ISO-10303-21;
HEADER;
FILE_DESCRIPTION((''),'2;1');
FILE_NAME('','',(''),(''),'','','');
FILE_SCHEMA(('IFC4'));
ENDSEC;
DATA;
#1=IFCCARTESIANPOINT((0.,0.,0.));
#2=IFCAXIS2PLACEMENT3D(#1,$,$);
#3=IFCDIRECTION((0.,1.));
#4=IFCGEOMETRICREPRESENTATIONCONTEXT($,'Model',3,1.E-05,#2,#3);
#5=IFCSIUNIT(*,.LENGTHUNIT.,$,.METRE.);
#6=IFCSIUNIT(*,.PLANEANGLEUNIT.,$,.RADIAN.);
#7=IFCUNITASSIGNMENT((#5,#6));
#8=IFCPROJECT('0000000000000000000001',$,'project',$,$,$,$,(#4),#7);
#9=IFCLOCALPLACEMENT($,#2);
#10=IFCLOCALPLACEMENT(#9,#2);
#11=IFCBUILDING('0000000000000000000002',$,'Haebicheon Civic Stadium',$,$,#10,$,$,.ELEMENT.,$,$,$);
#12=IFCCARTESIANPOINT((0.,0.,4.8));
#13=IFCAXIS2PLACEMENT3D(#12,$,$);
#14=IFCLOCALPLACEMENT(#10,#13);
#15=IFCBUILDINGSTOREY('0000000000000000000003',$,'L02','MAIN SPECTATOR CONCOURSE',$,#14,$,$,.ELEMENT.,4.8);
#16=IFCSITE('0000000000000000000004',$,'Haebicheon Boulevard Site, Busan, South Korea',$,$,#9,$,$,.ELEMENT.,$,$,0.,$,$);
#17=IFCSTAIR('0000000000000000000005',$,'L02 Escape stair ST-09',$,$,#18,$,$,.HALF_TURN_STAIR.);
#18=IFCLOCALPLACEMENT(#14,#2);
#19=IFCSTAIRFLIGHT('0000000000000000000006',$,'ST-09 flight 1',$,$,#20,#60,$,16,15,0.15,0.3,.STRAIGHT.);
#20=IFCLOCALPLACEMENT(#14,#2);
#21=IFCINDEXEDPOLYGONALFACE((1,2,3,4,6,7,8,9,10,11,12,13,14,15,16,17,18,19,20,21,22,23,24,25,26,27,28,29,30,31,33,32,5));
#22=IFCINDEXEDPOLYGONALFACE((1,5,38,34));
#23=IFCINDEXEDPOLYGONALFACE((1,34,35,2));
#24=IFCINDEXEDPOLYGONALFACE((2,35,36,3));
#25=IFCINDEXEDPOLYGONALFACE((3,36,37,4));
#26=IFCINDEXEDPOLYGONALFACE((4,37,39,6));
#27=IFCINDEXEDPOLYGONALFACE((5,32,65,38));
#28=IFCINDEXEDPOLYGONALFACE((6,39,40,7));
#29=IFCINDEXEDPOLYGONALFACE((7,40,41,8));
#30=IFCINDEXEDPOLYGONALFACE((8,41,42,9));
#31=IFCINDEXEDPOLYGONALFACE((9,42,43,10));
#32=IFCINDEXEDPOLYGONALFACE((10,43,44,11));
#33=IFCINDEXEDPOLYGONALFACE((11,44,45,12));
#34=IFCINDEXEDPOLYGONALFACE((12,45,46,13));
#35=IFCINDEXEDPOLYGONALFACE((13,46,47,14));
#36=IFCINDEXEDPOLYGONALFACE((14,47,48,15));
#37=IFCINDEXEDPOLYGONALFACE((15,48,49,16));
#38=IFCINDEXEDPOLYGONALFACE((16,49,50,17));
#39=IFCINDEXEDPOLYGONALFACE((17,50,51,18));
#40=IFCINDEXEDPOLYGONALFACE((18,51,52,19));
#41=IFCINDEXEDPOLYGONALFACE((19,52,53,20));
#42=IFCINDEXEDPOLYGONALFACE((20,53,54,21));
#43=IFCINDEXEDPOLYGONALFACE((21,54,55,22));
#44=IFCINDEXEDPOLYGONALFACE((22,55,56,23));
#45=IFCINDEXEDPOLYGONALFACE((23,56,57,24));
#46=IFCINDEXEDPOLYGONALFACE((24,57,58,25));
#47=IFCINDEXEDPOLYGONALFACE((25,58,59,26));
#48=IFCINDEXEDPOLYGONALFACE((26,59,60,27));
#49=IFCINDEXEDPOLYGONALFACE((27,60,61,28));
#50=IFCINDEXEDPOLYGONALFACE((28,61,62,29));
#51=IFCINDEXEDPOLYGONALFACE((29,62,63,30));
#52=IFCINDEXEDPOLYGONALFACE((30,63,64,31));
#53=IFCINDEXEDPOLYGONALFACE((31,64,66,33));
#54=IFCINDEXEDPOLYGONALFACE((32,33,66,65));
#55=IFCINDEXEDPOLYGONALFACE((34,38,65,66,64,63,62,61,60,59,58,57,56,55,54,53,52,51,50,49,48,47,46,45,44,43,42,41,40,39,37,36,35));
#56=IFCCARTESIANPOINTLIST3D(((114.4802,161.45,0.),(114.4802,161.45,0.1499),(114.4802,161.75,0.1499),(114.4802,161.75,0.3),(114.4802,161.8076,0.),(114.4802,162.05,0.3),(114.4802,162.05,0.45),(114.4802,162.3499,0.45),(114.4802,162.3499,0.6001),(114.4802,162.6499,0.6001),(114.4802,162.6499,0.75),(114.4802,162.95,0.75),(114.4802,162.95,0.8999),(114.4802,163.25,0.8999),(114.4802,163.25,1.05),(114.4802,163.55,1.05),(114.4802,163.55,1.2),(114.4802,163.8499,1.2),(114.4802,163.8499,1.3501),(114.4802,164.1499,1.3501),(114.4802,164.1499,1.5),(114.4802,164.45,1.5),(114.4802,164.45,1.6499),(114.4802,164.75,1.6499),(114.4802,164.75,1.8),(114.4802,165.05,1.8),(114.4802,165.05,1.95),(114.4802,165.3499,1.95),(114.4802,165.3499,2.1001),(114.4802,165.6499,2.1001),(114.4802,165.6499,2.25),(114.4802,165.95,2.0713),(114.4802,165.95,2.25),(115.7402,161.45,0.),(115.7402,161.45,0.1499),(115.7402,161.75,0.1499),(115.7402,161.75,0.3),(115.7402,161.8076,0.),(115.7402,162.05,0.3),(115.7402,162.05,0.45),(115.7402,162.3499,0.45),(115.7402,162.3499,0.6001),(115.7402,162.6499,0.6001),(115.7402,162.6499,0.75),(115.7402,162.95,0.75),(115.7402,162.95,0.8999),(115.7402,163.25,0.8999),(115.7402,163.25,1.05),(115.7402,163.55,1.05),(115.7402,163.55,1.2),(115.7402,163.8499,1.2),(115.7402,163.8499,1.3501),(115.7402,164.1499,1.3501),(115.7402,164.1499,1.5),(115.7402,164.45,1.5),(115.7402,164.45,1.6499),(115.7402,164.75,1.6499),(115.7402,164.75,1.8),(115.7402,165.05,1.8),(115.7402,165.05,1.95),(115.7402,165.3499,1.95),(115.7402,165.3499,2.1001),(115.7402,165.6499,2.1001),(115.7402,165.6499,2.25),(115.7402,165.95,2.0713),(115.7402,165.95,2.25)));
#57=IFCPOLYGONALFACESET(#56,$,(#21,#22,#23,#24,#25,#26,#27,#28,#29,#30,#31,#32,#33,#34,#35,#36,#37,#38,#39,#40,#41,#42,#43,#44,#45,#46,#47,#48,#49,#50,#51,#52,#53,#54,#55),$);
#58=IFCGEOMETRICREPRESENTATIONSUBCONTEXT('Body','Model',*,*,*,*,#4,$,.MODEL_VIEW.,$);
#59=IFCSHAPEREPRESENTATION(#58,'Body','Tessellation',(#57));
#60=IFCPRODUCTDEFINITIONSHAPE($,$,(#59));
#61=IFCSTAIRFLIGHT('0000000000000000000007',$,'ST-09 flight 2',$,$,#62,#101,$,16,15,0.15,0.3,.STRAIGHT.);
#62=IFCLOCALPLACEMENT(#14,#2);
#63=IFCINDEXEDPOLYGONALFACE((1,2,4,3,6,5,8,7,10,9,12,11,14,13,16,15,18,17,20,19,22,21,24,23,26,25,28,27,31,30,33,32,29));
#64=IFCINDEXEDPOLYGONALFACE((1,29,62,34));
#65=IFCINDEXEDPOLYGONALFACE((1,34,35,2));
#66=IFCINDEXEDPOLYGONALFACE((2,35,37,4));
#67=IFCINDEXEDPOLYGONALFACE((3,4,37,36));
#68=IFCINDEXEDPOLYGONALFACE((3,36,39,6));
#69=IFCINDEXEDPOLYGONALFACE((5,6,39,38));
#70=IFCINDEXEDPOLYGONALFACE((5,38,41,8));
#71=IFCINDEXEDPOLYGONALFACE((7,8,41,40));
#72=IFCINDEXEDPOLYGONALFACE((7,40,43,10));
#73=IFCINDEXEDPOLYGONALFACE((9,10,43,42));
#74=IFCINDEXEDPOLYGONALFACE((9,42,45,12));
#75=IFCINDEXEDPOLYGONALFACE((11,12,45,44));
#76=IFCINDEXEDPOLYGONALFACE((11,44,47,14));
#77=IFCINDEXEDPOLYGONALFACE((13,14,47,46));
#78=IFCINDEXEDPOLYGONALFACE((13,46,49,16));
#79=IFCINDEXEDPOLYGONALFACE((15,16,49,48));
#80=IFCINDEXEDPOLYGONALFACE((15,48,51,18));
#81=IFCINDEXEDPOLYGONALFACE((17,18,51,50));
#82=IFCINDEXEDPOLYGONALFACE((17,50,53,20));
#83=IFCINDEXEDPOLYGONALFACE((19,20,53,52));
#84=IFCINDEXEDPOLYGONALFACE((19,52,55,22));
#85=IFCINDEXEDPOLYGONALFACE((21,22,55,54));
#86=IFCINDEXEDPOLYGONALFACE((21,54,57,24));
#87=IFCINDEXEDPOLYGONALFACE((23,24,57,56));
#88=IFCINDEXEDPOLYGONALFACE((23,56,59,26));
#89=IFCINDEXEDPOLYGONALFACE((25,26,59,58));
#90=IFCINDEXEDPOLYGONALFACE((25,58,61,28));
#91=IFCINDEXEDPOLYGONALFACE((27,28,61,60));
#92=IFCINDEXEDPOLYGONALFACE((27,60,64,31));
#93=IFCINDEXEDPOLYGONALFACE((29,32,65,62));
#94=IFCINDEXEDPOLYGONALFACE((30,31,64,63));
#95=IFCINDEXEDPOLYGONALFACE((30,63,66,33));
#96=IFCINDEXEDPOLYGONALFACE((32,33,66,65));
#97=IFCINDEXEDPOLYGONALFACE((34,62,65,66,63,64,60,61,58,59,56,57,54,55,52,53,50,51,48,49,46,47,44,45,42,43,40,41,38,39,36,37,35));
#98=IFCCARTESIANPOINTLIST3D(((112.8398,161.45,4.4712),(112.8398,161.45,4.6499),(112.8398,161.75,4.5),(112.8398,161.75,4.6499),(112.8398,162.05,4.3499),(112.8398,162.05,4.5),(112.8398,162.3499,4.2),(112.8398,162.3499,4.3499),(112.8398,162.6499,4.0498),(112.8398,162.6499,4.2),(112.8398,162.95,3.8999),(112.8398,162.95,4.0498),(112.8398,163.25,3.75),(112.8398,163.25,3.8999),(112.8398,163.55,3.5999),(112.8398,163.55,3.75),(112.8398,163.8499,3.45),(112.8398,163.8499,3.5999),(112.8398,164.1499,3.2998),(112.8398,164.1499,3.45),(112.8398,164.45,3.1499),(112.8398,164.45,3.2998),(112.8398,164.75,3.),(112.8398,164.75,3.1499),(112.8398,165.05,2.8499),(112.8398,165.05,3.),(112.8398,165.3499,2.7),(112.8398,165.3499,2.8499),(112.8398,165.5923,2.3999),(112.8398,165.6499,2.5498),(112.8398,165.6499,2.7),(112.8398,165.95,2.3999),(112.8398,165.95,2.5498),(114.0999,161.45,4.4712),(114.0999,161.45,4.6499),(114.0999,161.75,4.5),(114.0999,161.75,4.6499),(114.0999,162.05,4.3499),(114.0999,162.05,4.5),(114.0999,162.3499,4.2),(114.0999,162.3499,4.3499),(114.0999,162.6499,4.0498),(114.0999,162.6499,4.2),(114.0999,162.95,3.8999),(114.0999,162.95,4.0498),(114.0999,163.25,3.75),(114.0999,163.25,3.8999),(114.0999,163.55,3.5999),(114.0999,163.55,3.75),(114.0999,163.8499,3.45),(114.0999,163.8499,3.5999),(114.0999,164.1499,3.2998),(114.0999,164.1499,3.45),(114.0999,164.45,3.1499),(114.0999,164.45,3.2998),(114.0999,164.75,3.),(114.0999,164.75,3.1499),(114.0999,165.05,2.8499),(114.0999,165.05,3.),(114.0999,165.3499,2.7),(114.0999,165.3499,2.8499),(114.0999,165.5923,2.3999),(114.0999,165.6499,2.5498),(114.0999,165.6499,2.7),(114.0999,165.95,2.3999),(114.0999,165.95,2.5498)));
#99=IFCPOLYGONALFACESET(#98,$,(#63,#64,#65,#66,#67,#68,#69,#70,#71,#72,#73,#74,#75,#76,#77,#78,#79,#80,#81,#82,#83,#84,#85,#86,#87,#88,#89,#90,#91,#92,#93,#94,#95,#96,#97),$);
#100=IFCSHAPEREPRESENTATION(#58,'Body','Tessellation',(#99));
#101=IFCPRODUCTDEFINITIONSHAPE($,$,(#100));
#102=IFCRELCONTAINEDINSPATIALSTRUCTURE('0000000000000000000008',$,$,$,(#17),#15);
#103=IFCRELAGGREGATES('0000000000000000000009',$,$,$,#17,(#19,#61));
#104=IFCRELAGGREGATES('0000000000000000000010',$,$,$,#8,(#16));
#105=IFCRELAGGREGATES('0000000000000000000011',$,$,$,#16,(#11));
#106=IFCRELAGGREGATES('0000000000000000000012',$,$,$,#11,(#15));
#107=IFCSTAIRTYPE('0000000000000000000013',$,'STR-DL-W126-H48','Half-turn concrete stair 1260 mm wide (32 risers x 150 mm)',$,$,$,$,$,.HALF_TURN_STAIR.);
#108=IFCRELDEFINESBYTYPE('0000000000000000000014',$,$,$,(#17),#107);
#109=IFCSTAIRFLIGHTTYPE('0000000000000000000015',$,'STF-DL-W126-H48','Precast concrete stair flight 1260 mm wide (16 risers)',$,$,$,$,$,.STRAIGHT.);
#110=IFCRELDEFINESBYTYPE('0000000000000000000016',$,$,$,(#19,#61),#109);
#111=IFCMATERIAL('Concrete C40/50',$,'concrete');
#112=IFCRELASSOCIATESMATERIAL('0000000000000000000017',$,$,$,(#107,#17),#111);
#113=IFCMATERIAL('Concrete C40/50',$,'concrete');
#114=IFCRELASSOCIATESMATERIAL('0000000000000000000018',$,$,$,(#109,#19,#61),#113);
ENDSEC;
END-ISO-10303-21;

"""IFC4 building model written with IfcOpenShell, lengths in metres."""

from ifc_helpers import new_model, si_unit, direction, frame, origin, place, context, subcontext, project, spatial, polyline, outline, extrude, material, type_object, element, aggregate, save


model = new_model("IFC4")

# Units and contexts
model_context = context("Model", 3, precision=1e-05, world=origin(), true_north=direction((0.0, 1.0)))
body_context = subcontext(model_context, "Body", "Model", "MODEL_VIEW")
ifc_project = project(units=[si_unit("LENGTHUNIT", "METRE"), si_unit("PLANEANGLEUNIT", "RADIAN")], contexts=[model_context])

# Site, building, storey
site_placement = place(None, origin())
site = spatial("IfcSite", under=ifc_project, at=site_placement, Name="Haebicheon Boulevard Site, Busan, South Korea", CompositionType="ELEMENT", RefElevation=0.0)
building_placement = place(site_placement, origin())
building = spatial("IfcBuilding", under=site, at=building_placement, Name="Haebicheon Civic Stadium", CompositionType="ELEMENT")
storey_placement = place(building_placement, frame((0.0, 0.0, 4.8)))
storey = spatial("IfcBuildingStorey", under=building, at=storey_placement, Name="L02", Description="MAIN SPECTATOR CONCOURSE", CompositionType="ELEMENT", Elevation=4.8)

# Stair, stair flights
ifc_material_1 = material(Name="Concrete C40/50", Category="concrete")
stair_type = type_object("IfcStairType", Name="STR-DL-W126-H48", Description="Half-turn concrete stair 1260 mm wide (32 risers x 150 mm)", PredefinedType="HALF_TURN_STAIR", material=ifc_material_1)
stair_placement = place(storey_placement, origin())
stair = element("IfcStair", 1, at=stair_placement, inside=storey, type_object=stair_type, material=ifc_material_1, Name="L02 Escape stair ST-09", PredefinedType="HALF_TURN_STAIR")
ifc_material_2 = material(Name="Concrete C40/50", Category="concrete")
stair_flight_type = type_object("IfcStairFlightType", Name="STF-DL-W126-H48", Description="Precast concrete stair flight 1260 mm wide (16 risers)", PredefinedType="STRAIGHT", material=ifc_material_2)
stair_flight_1_placement = place(storey_placement, frame((115.1101, 161.45, 0.0), z_axis=(0.0, 0.0, 1.0), x_axis=(0.0, 1.0, 0.0)))
stair_flight_1 = element("IfcStairFlight", 2, at=stair_flight_1_placement, type_object=stair_flight_type, material=ifc_material_2, Name="ST-09 flight 1", NumberOfRisers=16, NumberOfTreads=15, PredefinedType="STRAIGHT", RiserHeight=0.15, TreadLength=0.3, context=body_context, shape_type="SweptSolid", body=[
    extrude(outline(polyline([(0.0, 0.0), (0.0, 0.1499), (0.3, 0.1499), (0.3, 0.3), (0.6001, 0.3), (0.6001, 0.45), (0.8999, 0.45), (0.8999, 0.6001), (1.2, 0.6001), (1.2, 0.75), (1.5, 0.75), (1.5, 0.8999), (1.8, 0.8999), (1.8, 1.05), (2.1001, 1.05), (2.1001, 1.2), (2.3999, 1.2), (2.3999, 1.3501), (2.7, 1.3501), (2.7, 1.5), (3.0, 1.5), (3.0, 1.6499), (3.3, 1.6499), (3.3, 1.8), (3.6001, 1.8), (3.6001, 1.95), (3.8999, 1.95), (3.8999, 2.1001), (4.2, 2.1001), (4.2, 2.25), (4.5, 2.25), (4.5, 2.3999), (4.5, 2.0713), (0.3577, 0.0), (0.0, 0.0)])), frame((0.0, 0.6299, 0.0), z_axis=(0.0, -1.0, 0.0), x_axis=(1.0, 0.0, 0.0)), (0.0, 0.0, 1.0), 1.26),
])
stair_flight_2_placement = place(storey_placement, frame((113.47, 165.95, 2.3999), z_axis=(0.0, 0.0, 1.0), x_axis=(0.0, -1.0, 0.0)))
stair_flight_2 = element("IfcStairFlight", 3, at=stair_flight_2_placement, type_object=stair_flight_type, material=ifc_material_2, Name="ST-09 flight 2", NumberOfRisers=16, NumberOfTreads=15, PredefinedType="STRAIGHT", RiserHeight=0.15, TreadLength=0.3, context=body_context, shape_type="SweptSolid", body=[
    extrude(outline(polyline([(0.0, 0.0), (0.0, 0.1499), (0.3, 0.1499), (0.3, 0.3), (0.6001, 0.3), (0.6001, 0.45), (0.8999, 0.45), (0.8999, 0.6001), (1.2, 0.6001), (1.2, 0.75), (1.5, 0.75), (1.5, 0.8999), (1.8, 0.8999), (1.8, 1.05), (2.1001, 1.05), (2.1001, 1.2), (2.3999, 1.2), (2.3999, 1.3501), (2.7, 1.3501), (2.7, 1.5), (3.0, 1.5), (3.0, 1.6499), (3.3, 1.6499), (3.3, 1.8), (3.6001, 1.8), (3.6001, 1.95), (3.8999, 1.95), (3.8999, 2.1001), (4.2, 2.1001), (4.2, 2.25), (4.5, 2.25), (4.5, 2.3999), (4.5, 2.0713), (0.3577, 0.0), (0.0, 0.0)])), frame((0.0, 0.6299, 0.0), z_axis=(0.0, -1.0, 0.0), x_axis=(1.0, 0.0, 0.0)), (0.0, 0.0, 1.0), 1.26),
])
aggregate(stair, [stair_flight_1, stair_flight_2])

save(model, "model.ifc")
